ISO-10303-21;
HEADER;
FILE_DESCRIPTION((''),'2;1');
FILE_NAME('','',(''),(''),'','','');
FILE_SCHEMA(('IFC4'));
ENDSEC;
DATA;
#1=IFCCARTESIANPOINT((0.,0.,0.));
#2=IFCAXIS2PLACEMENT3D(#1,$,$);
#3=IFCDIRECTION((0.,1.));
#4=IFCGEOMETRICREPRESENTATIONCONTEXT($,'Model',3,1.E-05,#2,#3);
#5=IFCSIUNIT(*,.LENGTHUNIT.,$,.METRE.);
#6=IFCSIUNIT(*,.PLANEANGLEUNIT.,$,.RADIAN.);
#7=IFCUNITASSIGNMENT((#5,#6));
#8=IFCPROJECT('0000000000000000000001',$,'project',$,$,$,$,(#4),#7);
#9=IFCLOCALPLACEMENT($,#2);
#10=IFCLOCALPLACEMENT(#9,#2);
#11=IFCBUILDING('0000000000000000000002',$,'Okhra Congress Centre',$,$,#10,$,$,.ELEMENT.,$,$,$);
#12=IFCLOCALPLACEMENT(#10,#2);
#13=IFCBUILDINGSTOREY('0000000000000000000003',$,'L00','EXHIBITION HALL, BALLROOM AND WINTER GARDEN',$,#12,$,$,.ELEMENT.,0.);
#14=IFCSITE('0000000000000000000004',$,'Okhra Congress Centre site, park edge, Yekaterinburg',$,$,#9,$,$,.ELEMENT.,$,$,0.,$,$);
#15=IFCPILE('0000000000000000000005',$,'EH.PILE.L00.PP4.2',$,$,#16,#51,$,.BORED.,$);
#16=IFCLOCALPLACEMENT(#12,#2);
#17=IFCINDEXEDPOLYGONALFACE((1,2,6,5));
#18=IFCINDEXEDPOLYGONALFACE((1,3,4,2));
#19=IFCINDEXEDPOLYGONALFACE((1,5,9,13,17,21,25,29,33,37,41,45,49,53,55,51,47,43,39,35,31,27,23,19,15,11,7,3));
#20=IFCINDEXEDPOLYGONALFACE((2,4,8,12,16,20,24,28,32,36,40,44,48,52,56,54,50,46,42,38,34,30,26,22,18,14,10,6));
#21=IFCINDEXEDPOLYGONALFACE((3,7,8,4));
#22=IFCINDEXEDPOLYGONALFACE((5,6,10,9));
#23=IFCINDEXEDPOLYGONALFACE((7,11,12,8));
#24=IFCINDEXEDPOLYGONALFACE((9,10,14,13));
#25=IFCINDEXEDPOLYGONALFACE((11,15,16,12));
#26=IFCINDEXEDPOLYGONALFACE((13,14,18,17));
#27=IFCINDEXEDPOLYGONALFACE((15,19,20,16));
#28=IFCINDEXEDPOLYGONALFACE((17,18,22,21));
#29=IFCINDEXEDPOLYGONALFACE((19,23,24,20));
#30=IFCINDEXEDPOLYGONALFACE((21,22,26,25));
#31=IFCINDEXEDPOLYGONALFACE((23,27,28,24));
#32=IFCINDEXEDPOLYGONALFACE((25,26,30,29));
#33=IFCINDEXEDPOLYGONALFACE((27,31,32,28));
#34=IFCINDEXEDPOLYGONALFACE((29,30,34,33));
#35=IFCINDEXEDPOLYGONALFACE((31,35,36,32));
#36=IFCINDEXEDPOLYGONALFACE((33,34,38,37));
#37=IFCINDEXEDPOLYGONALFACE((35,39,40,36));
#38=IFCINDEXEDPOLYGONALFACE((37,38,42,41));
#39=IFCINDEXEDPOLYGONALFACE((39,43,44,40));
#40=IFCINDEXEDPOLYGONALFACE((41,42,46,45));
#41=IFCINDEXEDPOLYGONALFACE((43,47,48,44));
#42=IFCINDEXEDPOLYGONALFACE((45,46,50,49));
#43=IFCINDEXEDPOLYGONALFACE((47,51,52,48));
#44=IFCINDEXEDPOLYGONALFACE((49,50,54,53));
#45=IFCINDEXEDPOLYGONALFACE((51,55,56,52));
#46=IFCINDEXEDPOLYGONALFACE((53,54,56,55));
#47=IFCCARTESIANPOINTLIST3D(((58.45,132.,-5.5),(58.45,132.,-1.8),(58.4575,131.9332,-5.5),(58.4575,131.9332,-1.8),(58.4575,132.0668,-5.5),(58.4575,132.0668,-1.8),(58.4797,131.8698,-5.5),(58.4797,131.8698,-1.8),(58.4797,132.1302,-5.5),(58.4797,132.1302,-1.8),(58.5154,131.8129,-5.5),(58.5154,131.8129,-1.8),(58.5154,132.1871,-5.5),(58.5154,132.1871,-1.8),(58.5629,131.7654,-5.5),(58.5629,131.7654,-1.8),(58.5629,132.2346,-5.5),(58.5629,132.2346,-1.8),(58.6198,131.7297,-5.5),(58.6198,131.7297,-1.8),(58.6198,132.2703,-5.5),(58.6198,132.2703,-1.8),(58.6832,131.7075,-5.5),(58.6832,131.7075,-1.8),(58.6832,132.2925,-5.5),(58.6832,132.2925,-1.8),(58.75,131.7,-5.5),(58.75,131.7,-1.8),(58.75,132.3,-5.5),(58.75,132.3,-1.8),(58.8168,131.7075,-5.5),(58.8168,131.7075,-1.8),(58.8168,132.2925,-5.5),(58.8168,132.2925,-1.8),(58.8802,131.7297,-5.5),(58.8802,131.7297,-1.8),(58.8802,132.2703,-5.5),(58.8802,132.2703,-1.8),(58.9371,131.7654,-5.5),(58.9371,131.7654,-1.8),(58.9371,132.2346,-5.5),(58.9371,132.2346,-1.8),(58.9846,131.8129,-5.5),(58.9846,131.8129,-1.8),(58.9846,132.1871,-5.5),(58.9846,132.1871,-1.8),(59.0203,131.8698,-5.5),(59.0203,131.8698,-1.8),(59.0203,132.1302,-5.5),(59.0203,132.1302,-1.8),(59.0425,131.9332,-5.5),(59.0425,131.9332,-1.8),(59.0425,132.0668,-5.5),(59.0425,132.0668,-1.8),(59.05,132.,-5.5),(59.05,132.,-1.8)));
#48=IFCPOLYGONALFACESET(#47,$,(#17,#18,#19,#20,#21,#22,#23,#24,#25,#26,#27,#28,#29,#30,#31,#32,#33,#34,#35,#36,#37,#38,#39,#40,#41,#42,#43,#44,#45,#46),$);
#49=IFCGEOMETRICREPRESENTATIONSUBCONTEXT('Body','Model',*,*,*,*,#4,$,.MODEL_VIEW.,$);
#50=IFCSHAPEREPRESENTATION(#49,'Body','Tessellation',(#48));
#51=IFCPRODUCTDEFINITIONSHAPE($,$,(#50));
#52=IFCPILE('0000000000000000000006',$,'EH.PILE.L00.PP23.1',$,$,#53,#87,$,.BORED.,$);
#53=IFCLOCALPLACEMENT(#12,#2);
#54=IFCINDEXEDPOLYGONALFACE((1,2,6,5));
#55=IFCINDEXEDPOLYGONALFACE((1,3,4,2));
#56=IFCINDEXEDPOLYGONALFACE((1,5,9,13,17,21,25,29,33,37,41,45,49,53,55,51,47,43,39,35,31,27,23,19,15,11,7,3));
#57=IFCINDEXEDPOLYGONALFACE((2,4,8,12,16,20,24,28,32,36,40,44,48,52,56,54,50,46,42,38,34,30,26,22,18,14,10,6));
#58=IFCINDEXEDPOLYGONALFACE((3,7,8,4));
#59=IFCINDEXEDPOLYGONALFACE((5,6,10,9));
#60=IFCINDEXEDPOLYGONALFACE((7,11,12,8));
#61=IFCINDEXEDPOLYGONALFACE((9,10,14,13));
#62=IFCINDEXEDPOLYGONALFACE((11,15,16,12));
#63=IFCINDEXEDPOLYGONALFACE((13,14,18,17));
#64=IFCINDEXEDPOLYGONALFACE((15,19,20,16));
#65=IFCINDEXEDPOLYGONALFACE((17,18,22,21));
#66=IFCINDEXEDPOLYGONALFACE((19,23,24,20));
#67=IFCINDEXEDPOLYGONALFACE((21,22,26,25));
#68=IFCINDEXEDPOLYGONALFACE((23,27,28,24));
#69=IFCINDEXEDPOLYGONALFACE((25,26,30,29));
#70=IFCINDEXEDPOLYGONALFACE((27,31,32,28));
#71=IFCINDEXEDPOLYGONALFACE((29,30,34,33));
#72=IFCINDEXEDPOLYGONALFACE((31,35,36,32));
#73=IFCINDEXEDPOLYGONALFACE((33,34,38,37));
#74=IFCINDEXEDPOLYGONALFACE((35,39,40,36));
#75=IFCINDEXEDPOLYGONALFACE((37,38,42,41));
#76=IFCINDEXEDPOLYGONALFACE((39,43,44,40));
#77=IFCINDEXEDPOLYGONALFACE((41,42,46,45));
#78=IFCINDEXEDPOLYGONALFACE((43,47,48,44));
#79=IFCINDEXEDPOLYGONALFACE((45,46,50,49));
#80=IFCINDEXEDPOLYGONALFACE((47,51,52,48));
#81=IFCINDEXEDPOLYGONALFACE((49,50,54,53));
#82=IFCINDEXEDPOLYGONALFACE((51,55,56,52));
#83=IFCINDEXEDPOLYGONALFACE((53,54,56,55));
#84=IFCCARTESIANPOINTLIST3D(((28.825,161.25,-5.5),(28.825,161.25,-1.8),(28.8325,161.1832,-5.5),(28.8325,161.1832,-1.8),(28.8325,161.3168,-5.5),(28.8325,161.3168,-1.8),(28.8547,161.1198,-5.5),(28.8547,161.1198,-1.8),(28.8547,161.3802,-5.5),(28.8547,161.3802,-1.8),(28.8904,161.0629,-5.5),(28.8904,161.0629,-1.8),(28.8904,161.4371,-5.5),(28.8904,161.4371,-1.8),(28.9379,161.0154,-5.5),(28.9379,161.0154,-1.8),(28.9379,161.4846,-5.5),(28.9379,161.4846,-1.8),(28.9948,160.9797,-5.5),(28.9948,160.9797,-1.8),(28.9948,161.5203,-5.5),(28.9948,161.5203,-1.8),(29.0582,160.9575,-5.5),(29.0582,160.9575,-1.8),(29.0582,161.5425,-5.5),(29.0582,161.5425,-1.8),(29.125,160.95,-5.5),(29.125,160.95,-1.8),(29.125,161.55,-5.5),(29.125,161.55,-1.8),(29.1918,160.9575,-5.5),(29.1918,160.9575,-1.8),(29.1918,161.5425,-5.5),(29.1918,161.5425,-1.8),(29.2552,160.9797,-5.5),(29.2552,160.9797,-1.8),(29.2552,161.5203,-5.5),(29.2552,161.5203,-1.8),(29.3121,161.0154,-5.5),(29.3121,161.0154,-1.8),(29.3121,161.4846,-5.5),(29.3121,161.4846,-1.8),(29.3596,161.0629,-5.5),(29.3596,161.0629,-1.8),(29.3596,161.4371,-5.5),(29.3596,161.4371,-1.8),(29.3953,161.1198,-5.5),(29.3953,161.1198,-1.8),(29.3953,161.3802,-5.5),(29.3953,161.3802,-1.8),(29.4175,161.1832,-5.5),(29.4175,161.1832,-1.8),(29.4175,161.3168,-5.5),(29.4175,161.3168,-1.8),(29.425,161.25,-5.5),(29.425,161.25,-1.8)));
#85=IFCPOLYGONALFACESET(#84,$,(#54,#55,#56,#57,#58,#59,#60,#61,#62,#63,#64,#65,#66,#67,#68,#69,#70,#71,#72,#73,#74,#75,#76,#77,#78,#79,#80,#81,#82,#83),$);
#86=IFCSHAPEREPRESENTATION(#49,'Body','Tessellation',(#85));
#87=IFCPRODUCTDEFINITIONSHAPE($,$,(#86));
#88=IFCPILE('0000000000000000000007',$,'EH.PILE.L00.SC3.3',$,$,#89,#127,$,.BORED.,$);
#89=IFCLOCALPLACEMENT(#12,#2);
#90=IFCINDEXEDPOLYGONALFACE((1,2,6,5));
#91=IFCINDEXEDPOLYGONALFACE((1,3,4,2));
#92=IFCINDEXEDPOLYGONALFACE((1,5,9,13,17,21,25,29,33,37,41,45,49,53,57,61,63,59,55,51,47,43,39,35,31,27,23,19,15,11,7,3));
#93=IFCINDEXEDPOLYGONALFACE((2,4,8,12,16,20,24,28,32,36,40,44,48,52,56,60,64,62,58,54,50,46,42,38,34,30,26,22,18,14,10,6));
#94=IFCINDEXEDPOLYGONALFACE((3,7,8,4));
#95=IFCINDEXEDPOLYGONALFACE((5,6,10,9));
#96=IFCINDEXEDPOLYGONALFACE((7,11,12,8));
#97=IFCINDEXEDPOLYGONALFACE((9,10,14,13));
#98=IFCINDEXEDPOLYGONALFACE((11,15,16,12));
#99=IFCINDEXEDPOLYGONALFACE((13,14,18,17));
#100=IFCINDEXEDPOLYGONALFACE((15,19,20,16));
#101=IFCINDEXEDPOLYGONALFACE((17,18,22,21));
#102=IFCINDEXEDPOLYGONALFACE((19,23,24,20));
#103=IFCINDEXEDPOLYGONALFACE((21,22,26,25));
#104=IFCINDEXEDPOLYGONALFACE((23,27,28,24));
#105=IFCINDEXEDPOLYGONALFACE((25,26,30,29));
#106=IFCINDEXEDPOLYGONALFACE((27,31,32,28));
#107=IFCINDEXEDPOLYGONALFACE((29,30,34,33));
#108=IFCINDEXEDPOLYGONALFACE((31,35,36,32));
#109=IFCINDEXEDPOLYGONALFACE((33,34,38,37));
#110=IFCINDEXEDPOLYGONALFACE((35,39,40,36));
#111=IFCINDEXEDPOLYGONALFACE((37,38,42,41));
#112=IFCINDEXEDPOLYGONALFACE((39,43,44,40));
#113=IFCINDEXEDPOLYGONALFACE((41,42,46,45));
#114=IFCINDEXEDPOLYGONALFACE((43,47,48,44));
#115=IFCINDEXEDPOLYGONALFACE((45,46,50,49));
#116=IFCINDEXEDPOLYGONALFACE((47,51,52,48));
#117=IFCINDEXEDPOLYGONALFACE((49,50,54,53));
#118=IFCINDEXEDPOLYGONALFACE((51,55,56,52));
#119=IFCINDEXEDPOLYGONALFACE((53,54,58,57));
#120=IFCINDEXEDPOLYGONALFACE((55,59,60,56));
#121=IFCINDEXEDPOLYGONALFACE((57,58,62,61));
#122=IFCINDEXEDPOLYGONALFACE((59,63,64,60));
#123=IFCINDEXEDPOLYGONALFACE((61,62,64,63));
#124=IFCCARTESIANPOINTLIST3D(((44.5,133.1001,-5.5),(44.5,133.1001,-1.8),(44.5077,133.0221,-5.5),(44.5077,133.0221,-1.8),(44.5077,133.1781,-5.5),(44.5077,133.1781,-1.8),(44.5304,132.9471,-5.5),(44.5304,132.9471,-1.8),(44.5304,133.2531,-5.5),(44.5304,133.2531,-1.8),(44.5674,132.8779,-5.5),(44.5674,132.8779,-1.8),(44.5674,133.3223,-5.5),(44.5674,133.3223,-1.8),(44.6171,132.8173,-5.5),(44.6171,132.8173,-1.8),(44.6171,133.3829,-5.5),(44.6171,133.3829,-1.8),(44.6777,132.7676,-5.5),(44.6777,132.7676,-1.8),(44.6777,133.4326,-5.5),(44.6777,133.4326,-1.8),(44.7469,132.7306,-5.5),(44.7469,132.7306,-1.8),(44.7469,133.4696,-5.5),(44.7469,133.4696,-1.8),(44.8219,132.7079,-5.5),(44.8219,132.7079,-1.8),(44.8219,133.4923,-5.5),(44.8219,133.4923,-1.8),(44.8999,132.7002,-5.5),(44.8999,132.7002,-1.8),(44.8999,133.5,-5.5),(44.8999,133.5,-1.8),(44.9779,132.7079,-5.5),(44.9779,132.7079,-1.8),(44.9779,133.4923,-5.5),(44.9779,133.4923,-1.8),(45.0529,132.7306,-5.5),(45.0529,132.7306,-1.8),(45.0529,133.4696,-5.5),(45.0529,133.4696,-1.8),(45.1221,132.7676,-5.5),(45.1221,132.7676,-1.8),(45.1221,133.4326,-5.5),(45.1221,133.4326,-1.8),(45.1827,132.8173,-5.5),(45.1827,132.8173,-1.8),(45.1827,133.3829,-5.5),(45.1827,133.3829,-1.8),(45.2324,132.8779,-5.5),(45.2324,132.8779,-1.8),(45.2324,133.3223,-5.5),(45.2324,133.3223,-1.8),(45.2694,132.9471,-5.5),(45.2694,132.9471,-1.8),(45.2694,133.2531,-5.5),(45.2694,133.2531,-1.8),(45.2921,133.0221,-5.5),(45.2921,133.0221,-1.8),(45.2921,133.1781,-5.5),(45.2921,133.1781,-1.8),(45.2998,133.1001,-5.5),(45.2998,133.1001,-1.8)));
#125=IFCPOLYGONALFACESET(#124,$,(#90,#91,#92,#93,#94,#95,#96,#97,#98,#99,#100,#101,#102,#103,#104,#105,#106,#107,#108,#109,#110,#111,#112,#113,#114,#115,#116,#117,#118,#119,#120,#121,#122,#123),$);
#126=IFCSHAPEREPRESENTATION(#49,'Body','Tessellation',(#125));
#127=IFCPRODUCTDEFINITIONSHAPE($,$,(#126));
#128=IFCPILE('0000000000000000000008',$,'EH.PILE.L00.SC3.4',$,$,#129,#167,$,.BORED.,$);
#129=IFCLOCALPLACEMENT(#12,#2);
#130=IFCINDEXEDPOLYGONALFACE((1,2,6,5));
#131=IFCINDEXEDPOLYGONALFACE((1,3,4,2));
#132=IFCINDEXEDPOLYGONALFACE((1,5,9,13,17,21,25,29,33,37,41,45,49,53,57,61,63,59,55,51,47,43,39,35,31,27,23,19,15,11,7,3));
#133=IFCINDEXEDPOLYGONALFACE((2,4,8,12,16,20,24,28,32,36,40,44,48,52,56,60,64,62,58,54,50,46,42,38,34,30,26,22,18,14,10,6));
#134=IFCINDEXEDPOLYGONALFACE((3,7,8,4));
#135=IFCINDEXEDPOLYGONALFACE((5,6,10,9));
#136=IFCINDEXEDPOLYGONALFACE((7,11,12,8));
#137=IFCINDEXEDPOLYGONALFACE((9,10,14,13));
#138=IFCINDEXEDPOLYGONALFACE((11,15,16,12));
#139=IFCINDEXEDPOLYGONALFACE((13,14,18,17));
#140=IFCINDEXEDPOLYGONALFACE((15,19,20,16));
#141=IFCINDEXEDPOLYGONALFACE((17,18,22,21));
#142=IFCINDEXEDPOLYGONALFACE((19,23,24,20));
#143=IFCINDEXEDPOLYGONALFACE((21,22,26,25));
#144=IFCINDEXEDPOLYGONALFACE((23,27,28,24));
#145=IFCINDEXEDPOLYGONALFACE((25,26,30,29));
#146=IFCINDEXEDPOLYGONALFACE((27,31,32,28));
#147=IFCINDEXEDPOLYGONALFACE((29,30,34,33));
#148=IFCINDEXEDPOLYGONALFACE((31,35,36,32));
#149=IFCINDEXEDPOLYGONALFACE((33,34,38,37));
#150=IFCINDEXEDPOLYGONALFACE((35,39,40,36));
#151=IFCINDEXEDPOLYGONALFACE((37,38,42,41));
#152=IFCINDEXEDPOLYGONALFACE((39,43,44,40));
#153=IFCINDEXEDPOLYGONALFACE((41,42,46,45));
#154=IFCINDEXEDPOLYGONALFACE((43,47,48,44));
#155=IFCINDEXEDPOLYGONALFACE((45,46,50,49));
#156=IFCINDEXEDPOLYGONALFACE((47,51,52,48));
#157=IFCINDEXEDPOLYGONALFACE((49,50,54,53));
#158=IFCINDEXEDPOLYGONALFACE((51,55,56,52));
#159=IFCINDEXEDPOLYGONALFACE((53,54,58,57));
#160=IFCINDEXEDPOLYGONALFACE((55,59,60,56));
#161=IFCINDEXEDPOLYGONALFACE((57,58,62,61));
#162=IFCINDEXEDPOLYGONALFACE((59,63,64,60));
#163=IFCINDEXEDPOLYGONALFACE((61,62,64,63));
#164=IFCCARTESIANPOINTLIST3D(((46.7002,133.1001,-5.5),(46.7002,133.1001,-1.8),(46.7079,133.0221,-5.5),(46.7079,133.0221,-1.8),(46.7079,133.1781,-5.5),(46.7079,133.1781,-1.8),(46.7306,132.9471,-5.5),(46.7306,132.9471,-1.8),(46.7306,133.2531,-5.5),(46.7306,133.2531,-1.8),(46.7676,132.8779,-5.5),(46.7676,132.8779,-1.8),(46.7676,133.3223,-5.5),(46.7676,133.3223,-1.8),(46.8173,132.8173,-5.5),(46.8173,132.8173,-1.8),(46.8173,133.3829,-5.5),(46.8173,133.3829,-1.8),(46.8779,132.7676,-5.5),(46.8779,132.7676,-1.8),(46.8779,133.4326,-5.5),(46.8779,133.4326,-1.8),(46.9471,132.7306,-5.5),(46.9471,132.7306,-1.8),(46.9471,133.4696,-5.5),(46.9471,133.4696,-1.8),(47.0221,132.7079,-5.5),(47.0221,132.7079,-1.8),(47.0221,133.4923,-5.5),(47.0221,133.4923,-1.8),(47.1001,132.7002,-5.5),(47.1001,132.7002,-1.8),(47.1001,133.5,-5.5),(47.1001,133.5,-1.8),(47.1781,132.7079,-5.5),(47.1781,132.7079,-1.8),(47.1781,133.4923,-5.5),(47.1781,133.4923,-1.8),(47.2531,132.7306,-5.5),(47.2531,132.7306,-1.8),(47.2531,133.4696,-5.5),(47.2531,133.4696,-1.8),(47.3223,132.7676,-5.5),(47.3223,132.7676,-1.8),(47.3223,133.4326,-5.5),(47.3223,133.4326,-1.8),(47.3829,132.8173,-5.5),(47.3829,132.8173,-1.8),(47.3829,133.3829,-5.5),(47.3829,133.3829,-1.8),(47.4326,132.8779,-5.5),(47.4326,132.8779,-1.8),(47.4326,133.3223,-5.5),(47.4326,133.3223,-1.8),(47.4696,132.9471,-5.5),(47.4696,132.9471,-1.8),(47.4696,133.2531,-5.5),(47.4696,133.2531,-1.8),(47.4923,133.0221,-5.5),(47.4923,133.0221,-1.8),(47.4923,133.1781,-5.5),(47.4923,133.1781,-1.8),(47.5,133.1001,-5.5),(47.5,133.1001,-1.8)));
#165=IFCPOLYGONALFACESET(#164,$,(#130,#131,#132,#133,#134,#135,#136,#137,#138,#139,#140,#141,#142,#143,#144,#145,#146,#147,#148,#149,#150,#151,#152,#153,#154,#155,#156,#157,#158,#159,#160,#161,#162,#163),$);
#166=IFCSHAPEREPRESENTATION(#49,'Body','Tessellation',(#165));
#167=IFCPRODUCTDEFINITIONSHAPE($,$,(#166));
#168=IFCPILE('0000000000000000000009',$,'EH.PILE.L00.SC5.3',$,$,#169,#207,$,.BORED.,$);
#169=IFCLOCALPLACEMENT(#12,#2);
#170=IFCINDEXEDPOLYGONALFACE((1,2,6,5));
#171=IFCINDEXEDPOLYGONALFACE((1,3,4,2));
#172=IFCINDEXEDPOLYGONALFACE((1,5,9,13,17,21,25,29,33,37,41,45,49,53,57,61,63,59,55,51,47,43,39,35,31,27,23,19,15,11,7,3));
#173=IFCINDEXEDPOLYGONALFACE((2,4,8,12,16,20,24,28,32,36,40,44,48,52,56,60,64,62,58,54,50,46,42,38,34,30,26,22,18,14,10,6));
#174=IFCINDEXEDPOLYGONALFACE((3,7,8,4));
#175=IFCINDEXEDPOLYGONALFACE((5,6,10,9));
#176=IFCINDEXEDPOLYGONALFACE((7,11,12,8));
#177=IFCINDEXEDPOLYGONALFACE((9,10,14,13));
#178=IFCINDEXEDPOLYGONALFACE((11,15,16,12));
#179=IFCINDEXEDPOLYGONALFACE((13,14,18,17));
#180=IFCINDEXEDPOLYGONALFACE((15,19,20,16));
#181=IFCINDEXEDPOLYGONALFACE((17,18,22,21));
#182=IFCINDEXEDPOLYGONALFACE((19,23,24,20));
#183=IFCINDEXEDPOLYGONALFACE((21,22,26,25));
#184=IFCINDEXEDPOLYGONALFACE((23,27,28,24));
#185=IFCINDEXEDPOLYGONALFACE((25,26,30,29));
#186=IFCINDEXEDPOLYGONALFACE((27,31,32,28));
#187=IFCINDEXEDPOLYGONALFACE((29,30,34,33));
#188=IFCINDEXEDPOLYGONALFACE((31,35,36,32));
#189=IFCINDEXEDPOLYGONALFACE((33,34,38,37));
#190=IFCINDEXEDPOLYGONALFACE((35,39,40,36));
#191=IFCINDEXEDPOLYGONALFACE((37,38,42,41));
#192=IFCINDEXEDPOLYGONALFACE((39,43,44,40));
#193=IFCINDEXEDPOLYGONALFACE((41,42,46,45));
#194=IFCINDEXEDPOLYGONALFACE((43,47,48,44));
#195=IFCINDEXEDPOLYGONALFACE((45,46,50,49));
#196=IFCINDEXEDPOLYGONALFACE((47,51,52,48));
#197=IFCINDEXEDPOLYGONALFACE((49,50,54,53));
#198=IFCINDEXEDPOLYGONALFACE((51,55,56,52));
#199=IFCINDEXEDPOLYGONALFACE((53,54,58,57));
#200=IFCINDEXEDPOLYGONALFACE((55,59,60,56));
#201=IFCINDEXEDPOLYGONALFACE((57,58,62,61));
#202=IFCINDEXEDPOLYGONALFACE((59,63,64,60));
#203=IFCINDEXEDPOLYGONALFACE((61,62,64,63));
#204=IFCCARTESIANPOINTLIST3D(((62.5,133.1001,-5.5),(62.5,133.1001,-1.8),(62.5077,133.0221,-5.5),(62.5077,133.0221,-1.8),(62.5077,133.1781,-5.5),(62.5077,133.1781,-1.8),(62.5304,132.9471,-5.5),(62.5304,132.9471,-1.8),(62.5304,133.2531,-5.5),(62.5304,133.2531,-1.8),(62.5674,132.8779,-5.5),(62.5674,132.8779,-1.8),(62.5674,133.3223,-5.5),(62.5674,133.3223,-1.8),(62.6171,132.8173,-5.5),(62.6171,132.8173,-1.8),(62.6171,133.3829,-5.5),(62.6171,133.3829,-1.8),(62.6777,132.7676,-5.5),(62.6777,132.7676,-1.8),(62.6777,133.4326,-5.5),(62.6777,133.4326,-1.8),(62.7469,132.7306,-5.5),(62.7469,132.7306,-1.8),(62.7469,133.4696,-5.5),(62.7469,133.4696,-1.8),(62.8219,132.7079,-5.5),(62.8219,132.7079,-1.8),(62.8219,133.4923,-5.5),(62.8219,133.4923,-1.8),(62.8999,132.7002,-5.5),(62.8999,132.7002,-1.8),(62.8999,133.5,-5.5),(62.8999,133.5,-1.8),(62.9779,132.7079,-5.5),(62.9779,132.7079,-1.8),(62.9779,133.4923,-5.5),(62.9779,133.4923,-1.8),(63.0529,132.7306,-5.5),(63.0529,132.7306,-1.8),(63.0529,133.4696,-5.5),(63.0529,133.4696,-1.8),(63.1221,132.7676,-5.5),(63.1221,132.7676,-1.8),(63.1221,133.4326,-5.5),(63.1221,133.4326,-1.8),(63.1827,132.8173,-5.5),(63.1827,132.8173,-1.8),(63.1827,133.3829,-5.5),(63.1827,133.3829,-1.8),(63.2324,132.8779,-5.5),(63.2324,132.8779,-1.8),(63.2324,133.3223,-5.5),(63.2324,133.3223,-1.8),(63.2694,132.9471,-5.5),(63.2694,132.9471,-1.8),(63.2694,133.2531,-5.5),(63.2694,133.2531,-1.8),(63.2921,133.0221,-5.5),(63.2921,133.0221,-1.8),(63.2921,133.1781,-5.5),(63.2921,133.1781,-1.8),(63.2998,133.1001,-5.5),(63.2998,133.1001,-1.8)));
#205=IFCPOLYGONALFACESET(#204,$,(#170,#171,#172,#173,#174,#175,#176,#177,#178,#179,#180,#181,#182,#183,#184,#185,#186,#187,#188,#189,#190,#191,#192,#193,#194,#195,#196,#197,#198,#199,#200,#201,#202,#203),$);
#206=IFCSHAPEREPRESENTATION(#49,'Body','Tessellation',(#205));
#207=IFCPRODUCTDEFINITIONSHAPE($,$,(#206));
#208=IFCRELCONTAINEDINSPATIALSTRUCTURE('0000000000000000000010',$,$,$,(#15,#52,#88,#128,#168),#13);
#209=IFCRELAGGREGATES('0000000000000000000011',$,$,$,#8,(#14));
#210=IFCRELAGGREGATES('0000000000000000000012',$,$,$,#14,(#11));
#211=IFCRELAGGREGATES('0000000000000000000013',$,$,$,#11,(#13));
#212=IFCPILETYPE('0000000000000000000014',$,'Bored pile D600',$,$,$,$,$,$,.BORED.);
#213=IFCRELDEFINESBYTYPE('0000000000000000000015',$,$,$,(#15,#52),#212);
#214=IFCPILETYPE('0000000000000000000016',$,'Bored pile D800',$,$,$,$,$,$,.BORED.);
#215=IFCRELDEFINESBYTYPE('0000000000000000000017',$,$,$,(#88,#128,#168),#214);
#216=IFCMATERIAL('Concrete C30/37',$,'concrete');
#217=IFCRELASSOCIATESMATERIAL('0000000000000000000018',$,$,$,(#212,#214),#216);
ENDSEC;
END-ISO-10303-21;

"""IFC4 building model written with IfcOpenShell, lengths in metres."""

from ifc_helpers import new_model, si_unit, direction, frame, origin, origin_2d, place, context, subcontext, project, spatial, circle, extrude, material, material_profile, profile_set, type_object, element, save


model = new_model("IFC4")

# Units and contexts
model_context = context("Model", 3, precision=1e-05, world=origin(), true_north=direction((0.0, 1.0)))
body_context = subcontext(model_context, "Body", "Model", "MODEL_VIEW")
ifc_project = project(units=[si_unit("LENGTHUNIT", "METRE"), si_unit("PLANEANGLEUNIT", "RADIAN")], contexts=[model_context])

# Site, building, storey
site_placement = place(None, origin())
site = spatial("IfcSite", under=ifc_project, at=site_placement, Name="Okhra Congress Centre site, park edge, Yekaterinburg", CompositionType="ELEMENT", RefElevation=0.0)
building_placement = place(site_placement, origin())
building = spatial("IfcBuilding", under=site, at=building_placement, Name="Okhra Congress Centre", CompositionType="ELEMENT")
storey_placement = place(building_placement, origin())
storey = spatial("IfcBuildingStorey", under=building, at=storey_placement, Name="L00", Description="EXHIBITION HALL, BALLROOM AND WINTER GARDEN", CompositionType="ELEMENT", Elevation=0.0)

# Piles
ifc_material_1 = material(Name="Concrete C30/37", Category="concrete")
ifc_material_profile_1 = material_profile(ifc_material_1, circle(Radius=0.3, at=origin_2d()), Name="D600")
ifc_profile_set_1 = profile_set([ifc_material_profile_1], Name="Concrete C30/37")
pile_type_1 = type_object("IfcPileType", Name="Bored pile D600", PredefinedType="BORED", material=ifc_profile_set_1)
for number, where, z_axis, x_axis, name in (
    (1, (58.75, 132.0, -1.8), (0.0, 0.0, -1.0), (1.0, 0.0, 0.0), "EH.PILE.L00.PP4.2"),
    (2, (29.125, 161.25, -1.8), (0.0, 0.0, -1.0), (1.0, 0.0, 0.0), "EH.PILE.L00.PP23.1"),
):
    element("IfcPile", number, at=place(storey_placement, frame(where, z_axis=z_axis, x_axis=x_axis)), inside=storey, type_object=pile_type_1, Name=name, PredefinedType="BORED", context=body_context, shape_type="SweptSolid", body=[
        extrude(circle(Radius=0.3, at=origin_2d()), origin(), (0.0, 0.0, 1.0), 3.7),
    ])
ifc_material_profile_2 = material_profile(ifc_material_1, circle(Radius=0.3999, at=origin_2d()), Name="D800")
ifc_profile_set_2 = profile_set([ifc_material_profile_2], Name="Concrete C30/37")
pile_type_2 = type_object("IfcPileType", Name="Bored pile D800", PredefinedType="BORED", material=ifc_profile_set_2)
for number, where, z_axis, x_axis, name in (
    (3, (44.8999, 133.1001, -1.8), (0.0, 0.0, -1.0), (1.0, 0.0, 0.0), "EH.PILE.L00.SC3.3"),
    (4, (47.1001, 133.1001, -1.8), (0.0, 0.0, -1.0), (1.0, 0.0, 0.0), "EH.PILE.L00.SC3.4"),
    (5, (62.8999, 133.1001, -1.8), (0.0, 0.0, -1.0), (1.0, 0.0, 0.0), "EH.PILE.L00.SC5.3"),
):
    element("IfcPile", number, at=place(storey_placement, frame(where, z_axis=z_axis, x_axis=x_axis)), inside=storey, type_object=pile_type_2, Name=name, PredefinedType="BORED", context=body_context, shape_type="SweptSolid", body=[
        extrude(circle(Radius=0.3999, at=origin_2d()), origin(), (0.0, 0.0, 1.0), 3.7),
    ])

save(model, "model.ifc")
